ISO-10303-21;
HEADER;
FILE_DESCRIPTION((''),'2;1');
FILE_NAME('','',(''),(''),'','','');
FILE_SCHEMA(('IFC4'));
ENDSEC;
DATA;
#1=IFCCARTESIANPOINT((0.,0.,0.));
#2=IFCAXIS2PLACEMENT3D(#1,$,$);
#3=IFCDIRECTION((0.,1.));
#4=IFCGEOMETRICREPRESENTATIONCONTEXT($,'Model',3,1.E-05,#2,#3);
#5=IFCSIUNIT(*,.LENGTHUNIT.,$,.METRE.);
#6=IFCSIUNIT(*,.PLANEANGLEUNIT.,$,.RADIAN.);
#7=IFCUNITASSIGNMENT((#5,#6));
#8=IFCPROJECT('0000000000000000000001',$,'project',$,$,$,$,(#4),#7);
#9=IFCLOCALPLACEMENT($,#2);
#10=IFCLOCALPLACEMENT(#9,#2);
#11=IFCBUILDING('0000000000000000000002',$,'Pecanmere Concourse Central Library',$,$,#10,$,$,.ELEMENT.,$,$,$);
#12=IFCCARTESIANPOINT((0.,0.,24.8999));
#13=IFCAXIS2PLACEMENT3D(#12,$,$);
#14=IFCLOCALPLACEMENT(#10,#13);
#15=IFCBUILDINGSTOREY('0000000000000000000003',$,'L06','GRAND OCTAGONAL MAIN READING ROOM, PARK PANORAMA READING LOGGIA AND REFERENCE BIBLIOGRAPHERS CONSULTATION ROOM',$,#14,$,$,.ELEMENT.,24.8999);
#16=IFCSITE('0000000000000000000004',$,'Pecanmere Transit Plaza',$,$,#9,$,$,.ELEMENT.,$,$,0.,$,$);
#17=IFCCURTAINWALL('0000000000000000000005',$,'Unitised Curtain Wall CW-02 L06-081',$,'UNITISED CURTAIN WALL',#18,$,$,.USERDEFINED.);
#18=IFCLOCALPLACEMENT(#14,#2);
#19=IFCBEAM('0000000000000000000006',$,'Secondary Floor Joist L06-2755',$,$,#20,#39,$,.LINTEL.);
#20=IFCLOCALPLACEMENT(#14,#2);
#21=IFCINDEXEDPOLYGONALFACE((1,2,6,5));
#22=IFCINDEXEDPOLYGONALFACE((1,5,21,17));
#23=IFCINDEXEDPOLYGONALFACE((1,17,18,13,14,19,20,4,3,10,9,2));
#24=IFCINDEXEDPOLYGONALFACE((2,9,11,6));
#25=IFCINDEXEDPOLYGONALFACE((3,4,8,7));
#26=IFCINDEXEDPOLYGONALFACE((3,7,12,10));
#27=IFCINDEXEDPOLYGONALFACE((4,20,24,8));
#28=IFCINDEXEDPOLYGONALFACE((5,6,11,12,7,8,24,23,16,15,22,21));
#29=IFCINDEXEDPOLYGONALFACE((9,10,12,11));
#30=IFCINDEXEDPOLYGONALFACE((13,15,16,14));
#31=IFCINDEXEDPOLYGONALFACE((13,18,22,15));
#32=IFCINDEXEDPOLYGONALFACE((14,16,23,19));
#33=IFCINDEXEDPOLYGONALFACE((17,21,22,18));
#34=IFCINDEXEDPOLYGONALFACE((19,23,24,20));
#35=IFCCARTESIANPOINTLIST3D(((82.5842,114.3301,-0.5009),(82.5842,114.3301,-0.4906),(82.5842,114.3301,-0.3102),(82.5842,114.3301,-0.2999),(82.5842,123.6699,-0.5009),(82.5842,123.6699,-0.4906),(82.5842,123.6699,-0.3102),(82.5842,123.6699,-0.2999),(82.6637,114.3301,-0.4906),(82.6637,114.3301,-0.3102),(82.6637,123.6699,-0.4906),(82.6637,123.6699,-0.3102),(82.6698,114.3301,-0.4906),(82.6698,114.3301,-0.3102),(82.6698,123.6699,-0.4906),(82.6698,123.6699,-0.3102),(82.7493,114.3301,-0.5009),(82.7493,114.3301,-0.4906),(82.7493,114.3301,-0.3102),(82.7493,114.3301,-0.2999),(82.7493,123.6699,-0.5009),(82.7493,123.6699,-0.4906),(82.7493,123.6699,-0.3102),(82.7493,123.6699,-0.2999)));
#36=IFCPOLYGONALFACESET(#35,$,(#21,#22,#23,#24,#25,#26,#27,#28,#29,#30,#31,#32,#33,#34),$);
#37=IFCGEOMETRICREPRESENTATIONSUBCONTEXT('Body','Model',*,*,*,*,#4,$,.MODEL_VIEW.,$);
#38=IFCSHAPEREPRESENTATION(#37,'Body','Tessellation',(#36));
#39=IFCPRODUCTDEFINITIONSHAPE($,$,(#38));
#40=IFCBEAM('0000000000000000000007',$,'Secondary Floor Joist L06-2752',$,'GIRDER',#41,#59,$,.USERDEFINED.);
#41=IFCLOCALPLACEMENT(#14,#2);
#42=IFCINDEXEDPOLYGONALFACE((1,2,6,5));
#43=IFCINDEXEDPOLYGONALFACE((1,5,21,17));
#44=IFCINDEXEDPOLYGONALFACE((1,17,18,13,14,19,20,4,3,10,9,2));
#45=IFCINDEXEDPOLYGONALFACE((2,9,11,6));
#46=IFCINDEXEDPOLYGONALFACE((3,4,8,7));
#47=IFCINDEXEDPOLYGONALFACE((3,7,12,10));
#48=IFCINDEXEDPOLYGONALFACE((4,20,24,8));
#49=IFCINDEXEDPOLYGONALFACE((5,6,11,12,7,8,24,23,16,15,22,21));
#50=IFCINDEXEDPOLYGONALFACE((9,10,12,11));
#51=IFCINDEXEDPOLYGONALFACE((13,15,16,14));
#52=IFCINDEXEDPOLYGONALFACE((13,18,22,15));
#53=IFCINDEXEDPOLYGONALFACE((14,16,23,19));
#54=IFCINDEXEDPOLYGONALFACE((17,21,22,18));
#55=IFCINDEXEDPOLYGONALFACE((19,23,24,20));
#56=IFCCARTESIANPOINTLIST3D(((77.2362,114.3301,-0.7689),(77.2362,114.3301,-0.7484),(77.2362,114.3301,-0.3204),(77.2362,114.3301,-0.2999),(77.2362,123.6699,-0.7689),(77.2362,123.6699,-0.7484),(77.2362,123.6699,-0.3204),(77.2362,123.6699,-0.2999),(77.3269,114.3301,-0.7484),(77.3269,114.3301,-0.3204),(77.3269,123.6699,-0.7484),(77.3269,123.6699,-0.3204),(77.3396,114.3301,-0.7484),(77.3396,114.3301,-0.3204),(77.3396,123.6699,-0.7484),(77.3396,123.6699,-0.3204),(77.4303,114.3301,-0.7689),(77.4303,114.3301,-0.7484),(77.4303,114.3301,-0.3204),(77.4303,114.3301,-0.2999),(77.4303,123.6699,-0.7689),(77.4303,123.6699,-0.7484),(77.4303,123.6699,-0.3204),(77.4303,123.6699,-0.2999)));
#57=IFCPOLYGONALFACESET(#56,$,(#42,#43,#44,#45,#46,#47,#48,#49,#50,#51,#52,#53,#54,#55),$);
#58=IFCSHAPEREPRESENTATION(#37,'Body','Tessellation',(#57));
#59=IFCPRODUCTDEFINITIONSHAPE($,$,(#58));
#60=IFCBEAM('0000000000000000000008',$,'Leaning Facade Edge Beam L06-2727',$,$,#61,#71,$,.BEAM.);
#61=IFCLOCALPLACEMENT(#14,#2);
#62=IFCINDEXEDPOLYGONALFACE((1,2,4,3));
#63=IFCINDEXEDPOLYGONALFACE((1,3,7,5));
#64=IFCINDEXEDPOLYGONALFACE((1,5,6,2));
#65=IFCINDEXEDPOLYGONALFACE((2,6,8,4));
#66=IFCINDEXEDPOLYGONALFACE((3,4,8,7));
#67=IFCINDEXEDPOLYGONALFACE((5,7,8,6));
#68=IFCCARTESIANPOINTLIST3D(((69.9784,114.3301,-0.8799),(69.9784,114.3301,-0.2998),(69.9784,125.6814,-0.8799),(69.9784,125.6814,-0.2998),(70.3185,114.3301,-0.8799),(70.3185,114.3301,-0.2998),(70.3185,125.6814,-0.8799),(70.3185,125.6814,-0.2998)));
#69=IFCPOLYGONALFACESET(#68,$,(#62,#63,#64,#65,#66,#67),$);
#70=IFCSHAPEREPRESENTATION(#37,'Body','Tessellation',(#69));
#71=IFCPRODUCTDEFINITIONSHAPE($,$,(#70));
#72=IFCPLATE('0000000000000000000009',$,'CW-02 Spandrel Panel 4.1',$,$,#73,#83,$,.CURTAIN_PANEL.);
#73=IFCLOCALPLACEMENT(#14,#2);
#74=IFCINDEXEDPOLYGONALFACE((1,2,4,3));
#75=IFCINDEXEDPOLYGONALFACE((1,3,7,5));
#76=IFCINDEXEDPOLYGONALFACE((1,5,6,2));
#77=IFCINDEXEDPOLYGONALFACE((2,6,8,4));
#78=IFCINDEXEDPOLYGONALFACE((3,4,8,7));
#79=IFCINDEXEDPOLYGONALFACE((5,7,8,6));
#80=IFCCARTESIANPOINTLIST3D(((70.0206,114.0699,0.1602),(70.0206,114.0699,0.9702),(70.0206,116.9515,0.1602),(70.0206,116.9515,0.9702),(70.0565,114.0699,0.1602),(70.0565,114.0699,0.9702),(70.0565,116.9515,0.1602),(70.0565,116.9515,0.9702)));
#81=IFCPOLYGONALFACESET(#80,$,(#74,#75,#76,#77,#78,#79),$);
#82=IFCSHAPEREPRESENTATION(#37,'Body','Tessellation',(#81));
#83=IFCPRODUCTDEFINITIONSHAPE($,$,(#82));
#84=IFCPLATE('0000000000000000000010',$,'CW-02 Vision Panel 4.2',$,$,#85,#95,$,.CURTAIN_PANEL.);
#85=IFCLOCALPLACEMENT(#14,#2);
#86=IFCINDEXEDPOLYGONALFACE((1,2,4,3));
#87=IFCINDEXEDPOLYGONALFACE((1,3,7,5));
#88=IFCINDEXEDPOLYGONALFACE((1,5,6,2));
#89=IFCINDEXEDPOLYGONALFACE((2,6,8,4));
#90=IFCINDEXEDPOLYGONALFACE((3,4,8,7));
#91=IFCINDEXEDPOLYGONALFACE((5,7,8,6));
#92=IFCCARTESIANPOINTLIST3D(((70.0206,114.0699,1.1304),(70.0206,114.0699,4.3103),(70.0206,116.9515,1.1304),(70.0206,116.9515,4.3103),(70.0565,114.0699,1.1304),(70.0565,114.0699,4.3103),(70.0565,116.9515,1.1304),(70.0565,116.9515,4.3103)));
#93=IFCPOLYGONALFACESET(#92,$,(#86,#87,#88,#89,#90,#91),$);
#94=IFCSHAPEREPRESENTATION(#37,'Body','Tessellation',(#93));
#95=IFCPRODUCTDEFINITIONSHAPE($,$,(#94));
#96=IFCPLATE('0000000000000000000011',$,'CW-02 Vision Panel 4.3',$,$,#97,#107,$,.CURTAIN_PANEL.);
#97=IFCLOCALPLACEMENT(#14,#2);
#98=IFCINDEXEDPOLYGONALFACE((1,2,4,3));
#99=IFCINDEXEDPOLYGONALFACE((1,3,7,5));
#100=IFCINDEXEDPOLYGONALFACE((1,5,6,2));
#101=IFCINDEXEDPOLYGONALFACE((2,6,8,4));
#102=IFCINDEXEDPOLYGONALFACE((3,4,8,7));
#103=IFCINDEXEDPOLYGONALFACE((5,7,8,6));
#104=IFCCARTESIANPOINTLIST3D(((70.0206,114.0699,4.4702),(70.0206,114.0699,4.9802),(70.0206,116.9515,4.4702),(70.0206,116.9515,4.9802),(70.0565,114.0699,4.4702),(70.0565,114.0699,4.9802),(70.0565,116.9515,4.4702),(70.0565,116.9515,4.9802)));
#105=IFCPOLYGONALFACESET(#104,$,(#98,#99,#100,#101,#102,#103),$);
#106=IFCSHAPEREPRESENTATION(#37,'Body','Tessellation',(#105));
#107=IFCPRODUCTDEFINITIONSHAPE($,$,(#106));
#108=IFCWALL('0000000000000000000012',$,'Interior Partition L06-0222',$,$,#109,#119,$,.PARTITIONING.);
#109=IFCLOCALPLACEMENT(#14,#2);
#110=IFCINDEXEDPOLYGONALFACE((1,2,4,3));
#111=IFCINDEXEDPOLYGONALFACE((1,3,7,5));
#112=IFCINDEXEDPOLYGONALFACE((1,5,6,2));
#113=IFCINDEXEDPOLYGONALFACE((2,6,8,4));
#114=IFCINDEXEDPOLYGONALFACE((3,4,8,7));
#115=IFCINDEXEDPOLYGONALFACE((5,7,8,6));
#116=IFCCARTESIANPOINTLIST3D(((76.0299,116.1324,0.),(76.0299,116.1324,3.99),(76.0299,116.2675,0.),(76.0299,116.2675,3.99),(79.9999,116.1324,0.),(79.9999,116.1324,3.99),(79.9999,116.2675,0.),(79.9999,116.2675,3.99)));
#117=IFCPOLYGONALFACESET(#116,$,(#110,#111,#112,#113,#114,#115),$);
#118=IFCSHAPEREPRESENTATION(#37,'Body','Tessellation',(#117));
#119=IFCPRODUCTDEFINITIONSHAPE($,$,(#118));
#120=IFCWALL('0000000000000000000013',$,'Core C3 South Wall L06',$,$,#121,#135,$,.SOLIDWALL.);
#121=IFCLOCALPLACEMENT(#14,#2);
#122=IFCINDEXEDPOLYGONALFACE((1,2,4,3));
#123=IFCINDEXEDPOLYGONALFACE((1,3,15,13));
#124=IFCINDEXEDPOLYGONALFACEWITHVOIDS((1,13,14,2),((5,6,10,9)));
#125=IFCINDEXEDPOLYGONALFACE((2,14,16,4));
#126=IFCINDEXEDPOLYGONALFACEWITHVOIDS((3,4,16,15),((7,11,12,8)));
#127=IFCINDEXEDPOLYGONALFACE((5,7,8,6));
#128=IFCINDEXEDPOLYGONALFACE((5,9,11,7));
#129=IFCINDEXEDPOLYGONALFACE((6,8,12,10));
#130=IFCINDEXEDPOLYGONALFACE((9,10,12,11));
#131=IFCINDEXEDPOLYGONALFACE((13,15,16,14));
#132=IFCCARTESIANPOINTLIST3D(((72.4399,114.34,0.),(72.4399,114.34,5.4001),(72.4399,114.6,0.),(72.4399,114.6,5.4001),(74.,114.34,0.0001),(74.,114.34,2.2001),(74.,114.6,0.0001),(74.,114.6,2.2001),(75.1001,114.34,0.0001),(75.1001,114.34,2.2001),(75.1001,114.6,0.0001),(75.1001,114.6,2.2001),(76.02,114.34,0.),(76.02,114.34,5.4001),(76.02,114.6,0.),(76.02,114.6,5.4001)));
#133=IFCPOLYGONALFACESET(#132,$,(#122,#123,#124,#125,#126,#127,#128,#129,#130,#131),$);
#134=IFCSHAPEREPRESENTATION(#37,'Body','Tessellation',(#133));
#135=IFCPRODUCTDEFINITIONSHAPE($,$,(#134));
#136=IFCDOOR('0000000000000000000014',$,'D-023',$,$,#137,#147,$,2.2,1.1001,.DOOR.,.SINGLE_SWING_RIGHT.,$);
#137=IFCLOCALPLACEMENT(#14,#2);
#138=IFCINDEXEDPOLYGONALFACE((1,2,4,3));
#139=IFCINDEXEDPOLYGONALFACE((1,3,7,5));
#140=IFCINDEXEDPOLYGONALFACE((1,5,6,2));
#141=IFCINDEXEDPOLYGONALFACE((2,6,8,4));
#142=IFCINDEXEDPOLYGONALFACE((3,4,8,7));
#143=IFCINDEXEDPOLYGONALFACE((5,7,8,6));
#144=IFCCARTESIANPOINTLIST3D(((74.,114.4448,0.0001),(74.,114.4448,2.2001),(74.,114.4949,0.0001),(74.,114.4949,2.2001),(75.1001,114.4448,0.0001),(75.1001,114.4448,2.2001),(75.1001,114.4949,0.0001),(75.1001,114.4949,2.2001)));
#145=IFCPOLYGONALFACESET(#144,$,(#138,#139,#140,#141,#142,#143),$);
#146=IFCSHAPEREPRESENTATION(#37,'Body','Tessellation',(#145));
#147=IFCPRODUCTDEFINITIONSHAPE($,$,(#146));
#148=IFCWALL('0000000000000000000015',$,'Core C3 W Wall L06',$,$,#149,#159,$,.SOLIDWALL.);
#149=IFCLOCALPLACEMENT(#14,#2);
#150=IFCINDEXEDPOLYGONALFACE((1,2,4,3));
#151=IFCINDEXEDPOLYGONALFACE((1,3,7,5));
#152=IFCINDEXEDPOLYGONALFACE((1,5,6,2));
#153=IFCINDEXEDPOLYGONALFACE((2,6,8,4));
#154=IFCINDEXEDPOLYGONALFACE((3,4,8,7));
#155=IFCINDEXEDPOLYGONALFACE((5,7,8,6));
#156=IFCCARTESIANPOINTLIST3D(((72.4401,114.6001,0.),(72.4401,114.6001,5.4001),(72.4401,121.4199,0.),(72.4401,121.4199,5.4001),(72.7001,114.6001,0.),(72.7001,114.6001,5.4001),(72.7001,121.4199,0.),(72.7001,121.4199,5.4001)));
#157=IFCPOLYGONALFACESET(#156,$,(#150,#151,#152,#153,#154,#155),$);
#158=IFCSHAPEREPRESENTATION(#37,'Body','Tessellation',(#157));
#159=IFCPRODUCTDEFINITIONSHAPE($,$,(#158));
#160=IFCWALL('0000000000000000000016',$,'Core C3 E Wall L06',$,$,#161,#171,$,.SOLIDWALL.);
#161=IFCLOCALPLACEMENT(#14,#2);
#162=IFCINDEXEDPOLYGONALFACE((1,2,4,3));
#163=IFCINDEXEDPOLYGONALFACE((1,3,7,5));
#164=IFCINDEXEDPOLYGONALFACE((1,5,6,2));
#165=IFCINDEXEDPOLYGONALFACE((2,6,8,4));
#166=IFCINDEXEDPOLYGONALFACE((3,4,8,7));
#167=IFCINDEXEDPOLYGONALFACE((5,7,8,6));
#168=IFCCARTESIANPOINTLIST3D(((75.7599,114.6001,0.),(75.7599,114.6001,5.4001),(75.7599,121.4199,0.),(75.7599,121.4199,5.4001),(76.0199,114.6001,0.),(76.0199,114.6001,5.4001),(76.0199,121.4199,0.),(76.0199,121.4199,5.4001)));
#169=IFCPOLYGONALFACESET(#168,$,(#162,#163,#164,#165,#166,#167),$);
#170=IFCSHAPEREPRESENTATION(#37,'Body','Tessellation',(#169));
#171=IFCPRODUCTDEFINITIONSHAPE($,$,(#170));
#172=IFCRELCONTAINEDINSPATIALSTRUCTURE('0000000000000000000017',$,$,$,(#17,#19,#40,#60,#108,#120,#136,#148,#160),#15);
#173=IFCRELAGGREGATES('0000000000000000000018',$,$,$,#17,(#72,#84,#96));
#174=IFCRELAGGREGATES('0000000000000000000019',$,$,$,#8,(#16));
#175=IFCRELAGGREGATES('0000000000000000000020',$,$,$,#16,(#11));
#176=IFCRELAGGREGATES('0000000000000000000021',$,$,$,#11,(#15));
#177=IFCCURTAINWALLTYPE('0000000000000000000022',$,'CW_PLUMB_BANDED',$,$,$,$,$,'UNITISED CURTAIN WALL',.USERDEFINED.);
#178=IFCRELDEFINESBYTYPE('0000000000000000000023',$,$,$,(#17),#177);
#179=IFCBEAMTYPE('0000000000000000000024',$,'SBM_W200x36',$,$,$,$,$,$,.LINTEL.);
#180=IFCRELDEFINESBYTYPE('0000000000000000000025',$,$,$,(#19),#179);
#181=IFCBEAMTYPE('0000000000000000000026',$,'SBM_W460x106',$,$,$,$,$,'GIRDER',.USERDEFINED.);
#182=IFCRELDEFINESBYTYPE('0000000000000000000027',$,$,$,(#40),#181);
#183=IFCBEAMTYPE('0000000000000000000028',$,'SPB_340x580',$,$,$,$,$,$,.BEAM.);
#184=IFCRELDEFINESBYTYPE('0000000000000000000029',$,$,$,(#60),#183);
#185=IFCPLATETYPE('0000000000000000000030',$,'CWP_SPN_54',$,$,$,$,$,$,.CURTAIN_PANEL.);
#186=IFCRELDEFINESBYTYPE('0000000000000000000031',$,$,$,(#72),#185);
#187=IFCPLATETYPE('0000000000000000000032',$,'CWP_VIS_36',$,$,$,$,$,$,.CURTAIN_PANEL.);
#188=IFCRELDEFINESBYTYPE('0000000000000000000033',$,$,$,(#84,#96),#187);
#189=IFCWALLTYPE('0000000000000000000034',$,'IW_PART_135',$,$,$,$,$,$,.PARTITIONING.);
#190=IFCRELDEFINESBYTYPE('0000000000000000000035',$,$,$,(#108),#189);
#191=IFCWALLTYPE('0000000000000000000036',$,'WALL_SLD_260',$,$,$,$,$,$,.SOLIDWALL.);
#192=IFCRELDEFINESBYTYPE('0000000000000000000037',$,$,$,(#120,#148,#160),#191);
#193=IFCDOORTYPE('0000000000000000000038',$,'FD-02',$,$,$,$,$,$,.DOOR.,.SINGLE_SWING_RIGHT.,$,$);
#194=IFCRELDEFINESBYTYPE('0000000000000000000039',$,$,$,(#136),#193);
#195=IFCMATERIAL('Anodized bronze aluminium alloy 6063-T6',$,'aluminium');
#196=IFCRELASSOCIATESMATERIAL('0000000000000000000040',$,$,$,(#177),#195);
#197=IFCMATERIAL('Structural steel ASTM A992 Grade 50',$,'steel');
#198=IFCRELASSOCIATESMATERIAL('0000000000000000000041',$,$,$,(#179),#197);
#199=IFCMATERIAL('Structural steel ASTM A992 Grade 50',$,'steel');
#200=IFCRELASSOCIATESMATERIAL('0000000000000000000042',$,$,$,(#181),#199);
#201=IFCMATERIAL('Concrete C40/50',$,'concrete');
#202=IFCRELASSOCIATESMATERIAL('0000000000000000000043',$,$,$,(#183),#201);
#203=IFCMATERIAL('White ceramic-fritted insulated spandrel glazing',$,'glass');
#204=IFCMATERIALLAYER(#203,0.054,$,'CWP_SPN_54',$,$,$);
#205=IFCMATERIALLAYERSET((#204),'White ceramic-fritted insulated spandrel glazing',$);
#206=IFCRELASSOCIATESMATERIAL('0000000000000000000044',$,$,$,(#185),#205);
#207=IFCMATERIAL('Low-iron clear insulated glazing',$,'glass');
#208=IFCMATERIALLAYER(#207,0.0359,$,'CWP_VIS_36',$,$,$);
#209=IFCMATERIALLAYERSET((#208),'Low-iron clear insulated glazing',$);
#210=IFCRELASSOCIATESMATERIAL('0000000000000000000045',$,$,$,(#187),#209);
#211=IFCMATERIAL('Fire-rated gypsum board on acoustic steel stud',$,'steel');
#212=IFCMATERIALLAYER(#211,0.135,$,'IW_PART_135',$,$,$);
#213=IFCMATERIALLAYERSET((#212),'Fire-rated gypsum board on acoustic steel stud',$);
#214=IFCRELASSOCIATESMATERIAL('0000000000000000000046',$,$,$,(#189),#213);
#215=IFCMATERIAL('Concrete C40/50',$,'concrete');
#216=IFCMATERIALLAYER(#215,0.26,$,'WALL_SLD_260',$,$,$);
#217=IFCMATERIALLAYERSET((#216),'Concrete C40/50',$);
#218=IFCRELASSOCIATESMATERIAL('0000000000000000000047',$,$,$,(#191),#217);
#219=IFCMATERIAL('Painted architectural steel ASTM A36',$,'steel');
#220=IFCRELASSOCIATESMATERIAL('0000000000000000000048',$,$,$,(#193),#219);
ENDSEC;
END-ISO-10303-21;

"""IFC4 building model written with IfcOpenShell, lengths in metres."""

from ifc_helpers import new_model, si_unit, direction, frame, frame_2d, origin, origin_2d, place, context, subcontext, project, spatial, rectangle, i_section, extrude, material, layer, layer_set, material_profile, profile_set, type_object, element, fill, aggregate, save


model = new_model("IFC4")

# Units and contexts
model_context = context("Model", 3, precision=1e-05, world=origin(), true_north=direction((0.0, 1.0)))
body_context = subcontext(model_context, "Body", "Model", "MODEL_VIEW")
ifc_project = project(units=[si_unit("LENGTHUNIT", "METRE"), si_unit("PLANEANGLEUNIT", "RADIAN")], contexts=[model_context])

# Site, building, storey
site_placement = place(None, origin())
site = spatial("IfcSite", under=ifc_project, at=site_placement, Name="Pecanmere Transit Plaza", CompositionType="ELEMENT", RefElevation=0.0)
building_placement = place(site_placement, origin())
building = spatial("IfcBuilding", under=site, at=building_placement, Name="Pecanmere Concourse Central Library", CompositionType="ELEMENT")
storey_placement = place(building_placement, frame((0.0, 0.0, 24.8999)))
storey = spatial("IfcBuildingStorey", under=building, at=storey_placement, Name="L06", Description="GRAND OCTAGONAL MAIN READING ROOM, PARK PANORAMA READING LOGGIA AND REFERENCE BIBLIOGRAPHERS CONSULTATION ROOM", CompositionType="ELEMENT", Elevation=24.8999)

# Curtain wall
ifc_material_1 = material(Name="Anodized bronze aluminium alloy 6063-T6", Category="aluminium")
curtain_wall_type = type_object("IfcCurtainWallType", Name="CW_PLUMB_BANDED", ElementType="UNITISED CURTAIN WALL", PredefinedType="USERDEFINED", material=ifc_material_1)
curtain_wall_1_placement = place(storey_placement, origin())
curtain_wall_1 = element("IfcCurtainWall", 1, at=curtain_wall_1_placement, inside=storey, type_object=curtain_wall_type, Name="Unitised Curtain Wall CW-02 L06-081", ObjectType="UNITISED CURTAIN WALL", PredefinedType="USERDEFINED")

# Beams
ifc_material_2 = material(Name="Structural steel ASTM A992 Grade 50", Category="steel")
ifc_material_profile_1 = material_profile(ifc_material_2, i_section(OverallWidth=0.165, OverallDepth=0.2009, WebThickness=0.0061, FlangeThickness=0.0103, at=origin_2d()), Name="W200x35.9")
ifc_profile_set_1 = profile_set([ifc_material_profile_1], Name="Structural steel ASTM A992 Grade 50")
beam_type_1 = type_object("IfcBeamType", Name="SBM_W200x36", PredefinedType="LINTEL", material=ifc_profile_set_1)
beam_1_placement = place(storey_placement, frame((82.6667, 114.3301, -0.4004), z_axis=(0.0, 1.0, 0.0), x_axis=(-1.0, 0.0, 0.0)))
element("IfcBeam", 2, at=beam_1_placement, inside=storey, type_object=beam_type_1, Name="Secondary Floor Joist L06-2755", PredefinedType="LINTEL", context=body_context, shape_type="SweptSolid", body=[
    extrude(i_section(OverallWidth=0.165, OverallDepth=0.2009, WebThickness=0.0061, FlangeThickness=0.0103, at=origin_2d()), origin(), (0.0, 0.0, 1.0), 9.3398),
])
ifc_material_3 = material(Name="Structural steel ASTM A992 Grade 50", Category="steel")
ifc_material_profile_2 = material_profile(ifc_material_3, i_section(OverallWidth=0.1941, OverallDepth=0.469, WebThickness=0.0127, FlangeThickness=0.0205, at=origin_2d()), Name="W460x106")
ifc_profile_set_2 = profile_set([ifc_material_profile_2], Name="Structural steel ASTM A992 Grade 50")
beam_type_2 = type_object("IfcBeamType", Name="SBM_W460x106", ElementType="GIRDER", PredefinedType="USERDEFINED", material=ifc_profile_set_2)
beam_2_placement = place(storey_placement, frame((77.3333, 114.3301, -0.5344), z_axis=(0.0, 1.0, 0.0), x_axis=(-1.0, 0.0, 0.0)))
element("IfcBeam", 3, at=beam_2_placement, inside=storey, type_object=beam_type_2, Name="Secondary Floor Joist L06-2752", ObjectType="GIRDER", PredefinedType="USERDEFINED", context=body_context, shape_type="SweptSolid", body=[
    extrude(i_section(OverallWidth=0.1941, OverallDepth=0.469, WebThickness=0.0127, FlangeThickness=0.0205, at=origin_2d()), origin(), (0.0, 0.0, 1.0), 9.3398),
])
ifc_material_4 = material(Name="Concrete C40/50", Category="concrete")
ifc_material_profile_3 = material_profile(ifc_material_4, rectangle(XDim=0.3401, YDim=0.5801, at=origin_2d()), Name="RC 340x580")
ifc_profile_set_3 = profile_set([ifc_material_profile_3], Name="Concrete C40/50")
beam_type_3 = type_object("IfcBeamType", Name="SPB_340x580", PredefinedType="BEAM", material=ifc_profile_set_3)
beam_3_placement = place(storey_placement, frame((70.1484, 114.3301, -0.5898), z_axis=(0.0, 1.0, 0.0), x_axis=(-1.0, 0.0, 0.0)))
element("IfcBeam", 4, at=beam_3_placement, inside=storey, type_object=beam_type_3, Name="Leaning Facade Edge Beam L06-2727", PredefinedType="BEAM", context=body_context, shape_type="SweptSolid", body=[
    extrude(rectangle(XDim=0.3401, YDim=0.5801, at=origin_2d()), origin(), (0.0, 0.0, 1.0), 11.3513),
])

# Plates
ifc_material_5 = material(Name="White ceramic-fritted insulated spandrel glazing", Category="glass")
ifc_layer_1 = layer(ifc_material_5, 0.054, Name="CWP_SPN_54")
ifc_layer_set_1 = layer_set([ifc_layer_1], Name="White ceramic-fritted insulated spandrel glazing")
plate_type_1 = type_object("IfcPlateType", Name="CWP_SPN_54", PredefinedType="CURTAIN_PANEL", material=ifc_layer_set_1)
plate_1_placement = place(storey_placement, frame((70.0386, 115.5107, 0.1602), z_axis=(0.0, 0.0, 1.0), x_axis=(0.0, -1.0, 0.0)))
plate_1 = element("IfcPlate", 5, at=plate_1_placement, type_object=plate_type_1, Name="CW-02 Spandrel Panel 4.1", PredefinedType="CURTAIN_PANEL", context=body_context, shape_type="SweptSolid", body=[
    extrude(rectangle(XDim=2.8816, YDim=0.0359, at=origin_2d()), origin(), (0.0, 0.0, 1.0), 0.8101),
])
ifc_material_6 = material(Name="Low-iron clear insulated glazing", Category="glass")
ifc_layer_2 = layer(ifc_material_6, 0.0359, Name="CWP_VIS_36")
ifc_layer_set_2 = layer_set([ifc_layer_2], Name="Low-iron clear insulated glazing")
plate_type_2 = type_object("IfcPlateType", Name="CWP_VIS_36", PredefinedType="CURTAIN_PANEL", material=ifc_layer_set_2)
plate_2_placement = place(storey_placement, frame((70.0386, 115.5107, 1.1304), z_axis=(0.0, 0.0, 1.0), x_axis=(0.0, -1.0, 0.0)))
plate_2 = element("IfcPlate", 6, at=plate_2_placement, type_object=plate_type_2, Name="CW-02 Vision Panel 4.2", PredefinedType="CURTAIN_PANEL", context=body_context, shape_type="SweptSolid", body=[
    extrude(rectangle(XDim=2.8816, YDim=0.0359, at=origin_2d()), origin(), (0.0, 0.0, 1.0), 3.1799),
])
plate_3_placement = place(storey_placement, frame((70.0386, 115.5107, 4.4702), z_axis=(0.0, 0.0, 1.0), x_axis=(0.0, -1.0, 0.0)))
plate_3 = element("IfcPlate", 7, at=plate_3_placement, type_object=plate_type_2, Name="CW-02 Vision Panel 4.3", PredefinedType="CURTAIN_PANEL", context=body_context, shape_type="SweptSolid", body=[
    extrude(rectangle(XDim=2.8816, YDim=0.0359, at=origin_2d()), origin(), (0.0, 0.0, 1.0), 0.51),
])
aggregate(curtain_wall_1, [plate_1, plate_2, plate_3])

# Wall
ifc_material_7 = material(Name="Fire-rated gypsum board on acoustic steel stud", Category="steel")
ifc_layer_3 = layer(ifc_material_7, 0.135, Name="IW_PART_135")
ifc_layer_set_3 = layer_set([ifc_layer_3], Name="Fire-rated gypsum board on acoustic steel stud")
wall_type_1 = type_object("IfcWallType", Name="IW_PART_135", PredefinedType="PARTITIONING", material=ifc_layer_set_3)
wall_1_placement = place(storey_placement, frame((76.03, 116.2, 0.0), z_axis=(0.0, 0.0, 1.0), x_axis=(1.0, 0.0, 0.0)))
element("IfcWall", 8, at=wall_1_placement, inside=storey, type_object=wall_type_1, Name="Interior Partition L06-0222", PredefinedType="PARTITIONING", context=body_context, shape_type="SweptSolid", body=[
    extrude(rectangle(XDim=3.97, YDim=0.135, at=frame_2d((1.9849, 0.0))), origin(), (0.0, 0.0, 1.0), 3.99),
])

# Wall, opening, door
ifc_material_8 = material(Name="Concrete C40/50", Category="concrete")
ifc_layer_4 = layer(ifc_material_8, 0.26, Name="WALL_SLD_260")
ifc_layer_set_4 = layer_set([ifc_layer_4], Name="Concrete C40/50")
wall_type_2 = type_object("IfcWallType", Name="WALL_SLD_260", PredefinedType="SOLIDWALL", material=ifc_layer_set_4)
wall_2_placement = place(storey_placement, frame((72.4399, 114.47, 0.0), z_axis=(0.0, 0.0, 1.0), x_axis=(1.0, 0.0, 0.0)))
wall_2 = element("IfcWall", 9, at=wall_2_placement, inside=storey, type_object=wall_type_2, Name="Core C3 South Wall L06", PredefinedType="SOLIDWALL", context=body_context, shape_type="SweptSolid", body=[
    extrude(rectangle(XDim=3.5801, YDim=0.26, at=frame_2d((1.79, 0.0))), origin(), (0.0, 0.0, 1.0), 5.4001),
])
opening_placement = place(wall_2_placement, frame((1.5601, 0.0, 0.0)))
opening = element("IfcOpeningElement", 10, at=opening_placement, cuts=wall_2, PredefinedType="OPENING", context=body_context, shape_type="SweptSolid", body=[
    extrude(rectangle(XDim=1.1001, YDim=2.2, at=frame_2d((0.55, 1.1001))), frame((0.0, 0.1421, 0.0), z_axis=(0.0, -1.0, 0.0), x_axis=(1.0, 0.0, 0.0)), (0.0, 0.0, 1.0), 0.2839),
])
ifc_material_9 = material(Name="Painted architectural steel ASTM A36", Category="steel")
door_type = type_object("IfcDoorType", Name="FD-02", OperationType="SINGLE_SWING_RIGHT", PredefinedType="DOOR", material=ifc_material_9)
door_placement = place(opening_placement, origin())
door = element("IfcDoor", 11, at=door_placement, inside=storey, type_object=door_type, Name="D-023", OperationType="SINGLE_SWING_RIGHT", OverallHeight=2.2, OverallWidth=1.1001, PredefinedType="DOOR", context=body_context, shape_type="SweptSolid", body=[
    extrude(rectangle(XDim=1.1001, YDim=2.2, at=frame_2d((0.55, 1.1001))), frame((0.0, 0.0249, 0.0), z_axis=(0.0, -1.0, 0.0), x_axis=(1.0, 0.0, 0.0)), (0.0, 0.0, 1.0), 0.05),
])
fill(opening, door)

# Walls
for number, where, z_axis, x_axis, name in (
    (12, (72.5701, 114.6001, 0.0), (0.0, 0.0, 1.0), (0.0, 1.0, 0.0), "Core C3 W Wall L06"),
    (13, (75.8899, 114.6001, 0.0), (0.0, 0.0, 1.0), (0.0, 1.0, 0.0), "Core C3 E Wall L06"),
):
    element("IfcWall", number, at=place(storey_placement, frame(where, z_axis=z_axis, x_axis=x_axis)), inside=storey, type_object=wall_type_2, Name=name, PredefinedType="SOLIDWALL", context=body_context, shape_type="SweptSolid", body=[
        extrude(rectangle(XDim=6.8198, YDim=0.26, at=frame_2d((3.4099, 0.0))), origin(), (0.0, 0.0, 1.0), 5.4001),
    ])

save(model, "model.ifc")
